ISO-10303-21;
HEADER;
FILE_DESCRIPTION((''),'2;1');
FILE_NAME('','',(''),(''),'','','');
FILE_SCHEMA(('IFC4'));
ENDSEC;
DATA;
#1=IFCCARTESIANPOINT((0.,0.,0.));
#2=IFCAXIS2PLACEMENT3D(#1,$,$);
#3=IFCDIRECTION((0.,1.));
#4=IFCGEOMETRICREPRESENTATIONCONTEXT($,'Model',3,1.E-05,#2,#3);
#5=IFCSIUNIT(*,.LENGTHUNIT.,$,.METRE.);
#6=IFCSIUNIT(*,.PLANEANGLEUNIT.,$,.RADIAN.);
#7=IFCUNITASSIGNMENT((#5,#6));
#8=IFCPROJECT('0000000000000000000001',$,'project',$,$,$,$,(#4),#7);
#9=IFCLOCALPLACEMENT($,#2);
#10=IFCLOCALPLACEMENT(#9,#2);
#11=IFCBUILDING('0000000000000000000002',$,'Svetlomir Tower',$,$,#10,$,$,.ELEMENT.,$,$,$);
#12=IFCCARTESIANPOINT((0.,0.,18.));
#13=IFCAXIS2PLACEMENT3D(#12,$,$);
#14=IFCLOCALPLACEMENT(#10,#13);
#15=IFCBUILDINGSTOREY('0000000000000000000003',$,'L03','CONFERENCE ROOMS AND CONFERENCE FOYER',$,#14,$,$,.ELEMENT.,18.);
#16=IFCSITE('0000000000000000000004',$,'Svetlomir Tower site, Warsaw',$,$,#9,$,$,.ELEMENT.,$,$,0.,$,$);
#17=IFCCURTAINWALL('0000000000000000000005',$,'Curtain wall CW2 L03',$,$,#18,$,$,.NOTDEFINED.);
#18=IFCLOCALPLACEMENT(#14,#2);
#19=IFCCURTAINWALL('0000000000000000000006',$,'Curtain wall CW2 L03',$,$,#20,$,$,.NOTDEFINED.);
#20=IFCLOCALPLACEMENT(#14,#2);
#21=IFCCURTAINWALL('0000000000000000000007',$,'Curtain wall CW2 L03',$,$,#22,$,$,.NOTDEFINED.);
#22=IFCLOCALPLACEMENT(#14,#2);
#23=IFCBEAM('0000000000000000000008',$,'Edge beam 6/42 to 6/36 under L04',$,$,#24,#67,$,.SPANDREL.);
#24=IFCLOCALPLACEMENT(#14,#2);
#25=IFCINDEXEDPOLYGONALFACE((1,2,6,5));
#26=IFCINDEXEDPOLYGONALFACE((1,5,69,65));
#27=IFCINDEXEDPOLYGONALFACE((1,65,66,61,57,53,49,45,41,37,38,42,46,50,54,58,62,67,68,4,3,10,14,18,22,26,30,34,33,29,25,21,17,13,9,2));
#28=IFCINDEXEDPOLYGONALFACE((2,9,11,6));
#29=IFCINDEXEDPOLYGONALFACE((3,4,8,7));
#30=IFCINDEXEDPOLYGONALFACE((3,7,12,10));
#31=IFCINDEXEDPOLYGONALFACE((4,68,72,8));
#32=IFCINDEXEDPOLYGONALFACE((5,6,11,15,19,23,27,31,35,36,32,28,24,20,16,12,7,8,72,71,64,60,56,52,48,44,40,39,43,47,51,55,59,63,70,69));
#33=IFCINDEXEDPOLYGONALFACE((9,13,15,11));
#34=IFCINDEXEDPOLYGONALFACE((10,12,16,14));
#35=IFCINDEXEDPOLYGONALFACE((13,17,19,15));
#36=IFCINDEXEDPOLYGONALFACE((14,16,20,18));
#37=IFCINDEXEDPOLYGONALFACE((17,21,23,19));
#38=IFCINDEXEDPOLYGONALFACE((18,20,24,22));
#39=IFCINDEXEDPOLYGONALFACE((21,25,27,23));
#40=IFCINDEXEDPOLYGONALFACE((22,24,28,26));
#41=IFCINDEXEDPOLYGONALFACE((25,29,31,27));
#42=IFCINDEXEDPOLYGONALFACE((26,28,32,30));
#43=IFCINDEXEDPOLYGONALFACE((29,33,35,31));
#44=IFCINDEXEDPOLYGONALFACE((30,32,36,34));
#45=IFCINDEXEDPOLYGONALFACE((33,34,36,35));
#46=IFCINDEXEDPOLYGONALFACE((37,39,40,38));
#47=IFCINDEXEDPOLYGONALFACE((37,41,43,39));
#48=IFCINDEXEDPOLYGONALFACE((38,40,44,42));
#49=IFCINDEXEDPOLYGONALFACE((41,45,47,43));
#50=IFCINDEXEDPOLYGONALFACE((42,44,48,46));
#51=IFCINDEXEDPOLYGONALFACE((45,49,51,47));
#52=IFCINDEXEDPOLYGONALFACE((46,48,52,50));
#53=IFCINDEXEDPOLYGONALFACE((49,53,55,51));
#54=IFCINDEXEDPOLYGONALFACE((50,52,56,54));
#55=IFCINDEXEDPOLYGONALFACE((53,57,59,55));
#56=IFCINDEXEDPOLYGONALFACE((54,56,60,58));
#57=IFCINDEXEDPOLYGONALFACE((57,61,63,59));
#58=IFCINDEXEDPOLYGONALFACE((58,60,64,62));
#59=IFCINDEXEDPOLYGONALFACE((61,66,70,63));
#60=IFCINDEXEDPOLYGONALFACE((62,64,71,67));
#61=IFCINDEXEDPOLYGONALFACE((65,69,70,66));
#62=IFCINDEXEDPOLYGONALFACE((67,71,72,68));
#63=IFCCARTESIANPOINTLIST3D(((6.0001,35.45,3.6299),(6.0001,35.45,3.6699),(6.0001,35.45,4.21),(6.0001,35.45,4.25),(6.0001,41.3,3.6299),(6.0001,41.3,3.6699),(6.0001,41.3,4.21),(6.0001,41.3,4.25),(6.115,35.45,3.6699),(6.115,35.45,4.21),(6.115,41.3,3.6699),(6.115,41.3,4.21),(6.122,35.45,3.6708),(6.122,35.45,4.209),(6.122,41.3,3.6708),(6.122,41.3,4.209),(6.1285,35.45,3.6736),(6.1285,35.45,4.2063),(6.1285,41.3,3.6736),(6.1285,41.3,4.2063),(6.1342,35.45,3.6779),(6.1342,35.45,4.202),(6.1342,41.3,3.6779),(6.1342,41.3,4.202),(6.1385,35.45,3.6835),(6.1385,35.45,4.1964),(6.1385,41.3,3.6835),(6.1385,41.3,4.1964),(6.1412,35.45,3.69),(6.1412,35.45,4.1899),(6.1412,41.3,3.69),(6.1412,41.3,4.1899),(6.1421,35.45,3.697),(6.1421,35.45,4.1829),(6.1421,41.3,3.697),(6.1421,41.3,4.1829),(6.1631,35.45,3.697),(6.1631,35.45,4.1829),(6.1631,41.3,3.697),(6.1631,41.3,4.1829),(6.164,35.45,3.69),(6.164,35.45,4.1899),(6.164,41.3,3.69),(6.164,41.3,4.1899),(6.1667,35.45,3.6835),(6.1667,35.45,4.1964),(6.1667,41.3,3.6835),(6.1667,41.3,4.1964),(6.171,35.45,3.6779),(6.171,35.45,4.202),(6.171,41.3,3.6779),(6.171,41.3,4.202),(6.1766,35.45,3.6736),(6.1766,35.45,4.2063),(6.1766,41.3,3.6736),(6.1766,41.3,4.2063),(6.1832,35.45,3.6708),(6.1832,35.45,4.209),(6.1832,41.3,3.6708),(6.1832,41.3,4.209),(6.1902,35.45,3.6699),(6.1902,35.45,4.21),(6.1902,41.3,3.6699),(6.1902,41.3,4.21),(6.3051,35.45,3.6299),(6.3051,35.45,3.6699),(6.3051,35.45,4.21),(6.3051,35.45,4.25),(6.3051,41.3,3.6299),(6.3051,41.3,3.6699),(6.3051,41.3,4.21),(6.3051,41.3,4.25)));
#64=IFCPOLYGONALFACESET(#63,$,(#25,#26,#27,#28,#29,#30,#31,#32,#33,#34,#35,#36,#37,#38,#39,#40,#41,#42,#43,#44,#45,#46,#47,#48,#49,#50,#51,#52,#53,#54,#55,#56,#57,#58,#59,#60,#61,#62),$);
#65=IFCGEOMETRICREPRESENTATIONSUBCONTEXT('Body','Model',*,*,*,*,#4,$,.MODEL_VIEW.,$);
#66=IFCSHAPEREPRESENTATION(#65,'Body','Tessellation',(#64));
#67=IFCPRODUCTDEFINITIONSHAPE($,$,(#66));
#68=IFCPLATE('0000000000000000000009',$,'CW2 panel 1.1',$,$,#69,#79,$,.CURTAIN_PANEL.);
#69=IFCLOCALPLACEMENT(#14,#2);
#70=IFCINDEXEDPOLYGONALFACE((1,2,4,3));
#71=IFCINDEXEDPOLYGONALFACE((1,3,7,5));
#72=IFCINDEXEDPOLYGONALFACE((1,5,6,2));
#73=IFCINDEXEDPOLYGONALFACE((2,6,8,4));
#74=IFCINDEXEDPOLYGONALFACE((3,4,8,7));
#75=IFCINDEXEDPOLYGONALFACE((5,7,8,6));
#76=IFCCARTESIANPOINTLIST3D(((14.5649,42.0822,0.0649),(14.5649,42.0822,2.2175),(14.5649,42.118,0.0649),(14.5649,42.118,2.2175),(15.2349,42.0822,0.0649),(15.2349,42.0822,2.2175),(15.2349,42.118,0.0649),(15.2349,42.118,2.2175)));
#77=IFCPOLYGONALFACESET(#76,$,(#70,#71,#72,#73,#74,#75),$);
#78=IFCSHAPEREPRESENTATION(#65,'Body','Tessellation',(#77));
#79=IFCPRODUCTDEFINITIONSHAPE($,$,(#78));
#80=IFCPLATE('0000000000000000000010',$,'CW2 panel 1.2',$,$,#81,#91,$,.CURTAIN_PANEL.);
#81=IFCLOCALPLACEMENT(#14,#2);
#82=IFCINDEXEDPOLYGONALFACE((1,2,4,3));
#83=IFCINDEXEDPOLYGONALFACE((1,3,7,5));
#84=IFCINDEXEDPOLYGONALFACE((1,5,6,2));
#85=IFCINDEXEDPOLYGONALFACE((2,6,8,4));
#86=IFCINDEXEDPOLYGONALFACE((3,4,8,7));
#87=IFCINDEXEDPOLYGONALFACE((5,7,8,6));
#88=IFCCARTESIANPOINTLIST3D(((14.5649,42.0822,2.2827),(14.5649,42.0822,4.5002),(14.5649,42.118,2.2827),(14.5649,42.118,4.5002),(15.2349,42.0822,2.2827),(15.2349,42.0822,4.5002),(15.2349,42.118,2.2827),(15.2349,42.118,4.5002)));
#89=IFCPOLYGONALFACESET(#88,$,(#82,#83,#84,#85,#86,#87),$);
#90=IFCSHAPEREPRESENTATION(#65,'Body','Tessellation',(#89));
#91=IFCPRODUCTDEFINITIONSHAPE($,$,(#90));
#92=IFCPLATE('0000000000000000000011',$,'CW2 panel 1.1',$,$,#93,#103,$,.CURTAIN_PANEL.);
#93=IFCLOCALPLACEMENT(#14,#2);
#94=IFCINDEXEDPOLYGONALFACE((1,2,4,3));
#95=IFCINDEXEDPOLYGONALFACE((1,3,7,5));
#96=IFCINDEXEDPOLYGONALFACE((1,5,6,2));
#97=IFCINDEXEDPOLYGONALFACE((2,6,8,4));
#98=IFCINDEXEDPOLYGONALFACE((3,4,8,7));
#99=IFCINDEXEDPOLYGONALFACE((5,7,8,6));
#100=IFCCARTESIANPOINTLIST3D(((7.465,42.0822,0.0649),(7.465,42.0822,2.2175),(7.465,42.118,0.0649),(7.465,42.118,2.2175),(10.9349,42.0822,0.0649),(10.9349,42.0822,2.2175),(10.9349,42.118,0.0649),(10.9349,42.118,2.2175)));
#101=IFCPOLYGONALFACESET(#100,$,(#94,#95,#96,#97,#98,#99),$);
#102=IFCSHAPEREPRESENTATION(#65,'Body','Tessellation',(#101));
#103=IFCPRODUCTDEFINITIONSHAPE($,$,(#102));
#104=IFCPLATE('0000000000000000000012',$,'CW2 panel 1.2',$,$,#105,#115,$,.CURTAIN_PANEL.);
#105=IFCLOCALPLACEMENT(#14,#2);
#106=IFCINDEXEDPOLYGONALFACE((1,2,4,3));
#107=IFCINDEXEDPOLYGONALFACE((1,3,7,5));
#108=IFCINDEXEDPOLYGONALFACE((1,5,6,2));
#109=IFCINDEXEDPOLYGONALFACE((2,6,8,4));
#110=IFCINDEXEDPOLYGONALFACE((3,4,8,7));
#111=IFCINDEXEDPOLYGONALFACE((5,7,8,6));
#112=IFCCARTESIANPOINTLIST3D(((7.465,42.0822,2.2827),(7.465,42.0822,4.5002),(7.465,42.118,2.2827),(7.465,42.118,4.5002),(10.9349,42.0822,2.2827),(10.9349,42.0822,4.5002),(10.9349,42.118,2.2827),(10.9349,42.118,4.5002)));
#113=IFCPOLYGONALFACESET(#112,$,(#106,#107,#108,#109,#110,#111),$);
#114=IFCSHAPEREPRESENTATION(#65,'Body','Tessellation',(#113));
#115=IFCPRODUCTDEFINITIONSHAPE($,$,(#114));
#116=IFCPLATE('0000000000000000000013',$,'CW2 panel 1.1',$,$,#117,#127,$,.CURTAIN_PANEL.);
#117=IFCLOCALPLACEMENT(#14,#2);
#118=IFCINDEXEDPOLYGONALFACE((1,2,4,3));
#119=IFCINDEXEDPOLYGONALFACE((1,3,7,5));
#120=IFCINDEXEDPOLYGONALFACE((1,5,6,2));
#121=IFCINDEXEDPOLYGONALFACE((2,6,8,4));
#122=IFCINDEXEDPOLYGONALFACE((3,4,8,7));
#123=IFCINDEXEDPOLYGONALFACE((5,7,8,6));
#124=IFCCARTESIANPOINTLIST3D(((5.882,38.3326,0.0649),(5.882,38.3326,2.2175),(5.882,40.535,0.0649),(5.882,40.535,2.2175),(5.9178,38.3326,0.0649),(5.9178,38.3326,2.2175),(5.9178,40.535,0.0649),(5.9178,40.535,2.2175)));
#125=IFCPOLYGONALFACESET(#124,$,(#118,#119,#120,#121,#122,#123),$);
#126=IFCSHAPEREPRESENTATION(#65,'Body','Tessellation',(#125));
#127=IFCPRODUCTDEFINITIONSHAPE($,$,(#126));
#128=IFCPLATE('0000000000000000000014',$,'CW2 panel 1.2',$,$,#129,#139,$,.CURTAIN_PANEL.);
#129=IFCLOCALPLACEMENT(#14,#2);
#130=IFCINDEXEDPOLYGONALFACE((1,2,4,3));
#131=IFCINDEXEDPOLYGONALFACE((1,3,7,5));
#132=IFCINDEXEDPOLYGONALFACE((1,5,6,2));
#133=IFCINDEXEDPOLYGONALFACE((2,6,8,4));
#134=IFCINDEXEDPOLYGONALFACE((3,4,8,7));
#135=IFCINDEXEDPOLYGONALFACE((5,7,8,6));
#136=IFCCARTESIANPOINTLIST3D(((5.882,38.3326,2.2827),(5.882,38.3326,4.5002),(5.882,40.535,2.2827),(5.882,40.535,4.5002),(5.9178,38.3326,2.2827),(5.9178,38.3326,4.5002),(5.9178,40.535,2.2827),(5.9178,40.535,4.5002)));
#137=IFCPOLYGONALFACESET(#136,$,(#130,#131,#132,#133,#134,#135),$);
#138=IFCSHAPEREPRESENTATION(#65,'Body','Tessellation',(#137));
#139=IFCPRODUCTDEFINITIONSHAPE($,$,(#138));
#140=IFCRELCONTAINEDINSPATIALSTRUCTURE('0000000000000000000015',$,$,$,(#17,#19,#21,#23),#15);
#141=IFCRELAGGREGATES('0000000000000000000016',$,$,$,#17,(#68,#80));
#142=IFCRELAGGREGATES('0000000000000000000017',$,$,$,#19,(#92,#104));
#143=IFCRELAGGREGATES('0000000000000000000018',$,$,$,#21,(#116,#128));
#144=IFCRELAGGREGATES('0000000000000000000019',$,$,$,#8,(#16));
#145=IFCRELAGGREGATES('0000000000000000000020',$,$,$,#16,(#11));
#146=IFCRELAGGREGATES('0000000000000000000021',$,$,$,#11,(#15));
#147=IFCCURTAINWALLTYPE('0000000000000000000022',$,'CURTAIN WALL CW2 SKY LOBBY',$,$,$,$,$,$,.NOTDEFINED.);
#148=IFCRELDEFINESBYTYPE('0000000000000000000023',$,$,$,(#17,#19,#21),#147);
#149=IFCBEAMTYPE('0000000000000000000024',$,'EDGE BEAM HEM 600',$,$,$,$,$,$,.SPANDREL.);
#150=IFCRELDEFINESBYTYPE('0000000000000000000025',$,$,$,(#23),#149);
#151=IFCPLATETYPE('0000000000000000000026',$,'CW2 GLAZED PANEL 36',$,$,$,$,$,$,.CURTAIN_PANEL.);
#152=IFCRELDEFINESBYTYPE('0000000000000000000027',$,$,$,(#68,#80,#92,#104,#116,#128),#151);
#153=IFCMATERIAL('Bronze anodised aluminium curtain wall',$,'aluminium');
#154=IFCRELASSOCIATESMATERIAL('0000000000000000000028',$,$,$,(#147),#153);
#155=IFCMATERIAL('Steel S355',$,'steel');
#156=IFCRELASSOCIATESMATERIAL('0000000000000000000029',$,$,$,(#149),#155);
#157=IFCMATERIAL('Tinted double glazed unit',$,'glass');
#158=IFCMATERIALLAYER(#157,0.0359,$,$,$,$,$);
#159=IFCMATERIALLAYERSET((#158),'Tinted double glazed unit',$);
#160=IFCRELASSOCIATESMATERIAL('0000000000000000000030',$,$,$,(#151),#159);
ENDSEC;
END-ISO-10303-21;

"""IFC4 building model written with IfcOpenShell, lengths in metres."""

from ifc_helpers import new_model, si_unit, direction, frame, origin, origin_2d, place, context, subcontext, project, spatial, rectangle, i_section, extrude, material, layer, layer_set, material_profile, profile_set, type_object, element, aggregate, save


model = new_model("IFC4")

# Units and contexts
model_context = context("Model", 3, precision=1e-05, world=origin(), true_north=direction((0.0, 1.0)))
body_context = subcontext(model_context, "Body", "Model", "MODEL_VIEW")
ifc_project = project(units=[si_unit("LENGTHUNIT", "METRE"), si_unit("PLANEANGLEUNIT", "RADIAN")], contexts=[model_context])

# Site, building, storey
site_placement = place(None, origin())
site = spatial("IfcSite", under=ifc_project, at=site_placement, Name="Svetlomir Tower site, Warsaw", CompositionType="ELEMENT", RefElevation=0.0)
building_placement = place(site_placement, origin())
building = spatial("IfcBuilding", under=site, at=building_placement, Name="Svetlomir Tower", CompositionType="ELEMENT")
storey_placement = place(building_placement, frame((0.0, 0.0, 18.0)))
storey = spatial("IfcBuildingStorey", under=building, at=storey_placement, Name="L03", Description="CONFERENCE ROOMS AND CONFERENCE FOYER", CompositionType="ELEMENT", Elevation=18.0)

# Shared definitions
ifc_material_1 = material(Name="Bronze anodised aluminium curtain wall", Category="aluminium")
curtain_wall_type = type_object("IfcCurtainWallType", Name="CURTAIN WALL CW2 SKY LOBBY", PredefinedType="NOTDEFINED", material=ifc_material_1)

# Curtain walls
curtain_wall_1_placement = place(storey_placement, origin())
curtain_wall_1 = element("IfcCurtainWall", 1, at=curtain_wall_1_placement, inside=storey, type_object=curtain_wall_type, Name="Curtain wall CW2 L03", PredefinedType="NOTDEFINED")
curtain_wall_2_placement = place(storey_placement, origin())
curtain_wall_2 = element("IfcCurtainWall", 2, at=curtain_wall_2_placement, inside=storey, type_object=curtain_wall_type, Name="Curtain wall CW2 L03", PredefinedType="NOTDEFINED")
curtain_wall_3_placement = place(storey_placement, origin())
curtain_wall_3 = element("IfcCurtainWall", 3, at=curtain_wall_3_placement, inside=storey, type_object=curtain_wall_type, Name="Curtain wall CW2 L03", PredefinedType="NOTDEFINED")

# Beam
ifc_material_2 = material(Name="Steel S355", Category="steel")
ifc_material_profile_1 = material_profile(ifc_material_2, i_section(OverallWidth=0.3049, OverallDepth=0.6201, WebThickness=0.021, FlangeThickness=0.04, FilletRadius=0.0271, at=origin_2d()), Name="HEM 600")
ifc_profile_set_1 = profile_set([ifc_material_profile_1], Name="Steel S355")
beam_type = type_object("IfcBeamType", Name="EDGE BEAM HEM 600", PredefinedType="SPANDREL", material=ifc_profile_set_1)
beam_1_placement = place(storey_placement, frame((6.1526, 41.3, 3.9399), z_axis=(0.0, -1.0, 0.0), x_axis=(1.0, 0.0, 0.0)))
element("IfcBeam", 4, at=beam_1_placement, inside=storey, type_object=beam_type, Name="Edge beam 6/42 to 6/36 under L04", PredefinedType="SPANDREL", context=body_context, shape_type="SweptSolid", body=[
    extrude(i_section(OverallWidth=0.3049, OverallDepth=0.6201, WebThickness=0.021, FlangeThickness=0.04, FilletRadius=0.0271, at=origin_2d()), origin(), (0.0, 0.0, 1.0), 5.8501),
])

# Plates
ifc_material_3 = material(Name="Tinted double glazed unit", Category="glass")
ifc_layer = layer(ifc_material_3, 0.0359)
ifc_layer_set = layer_set([ifc_layer], Name="Tinted double glazed unit")
plate_type = type_object("IfcPlateType", Name="CW2 GLAZED PANEL 36", PredefinedType="CURTAIN_PANEL", material=ifc_layer_set)
plate_1_placement = place(storey_placement, frame((14.8999, 42.1001, 0.0649), z_axis=(0.0, 0.0, 1.0), x_axis=(-1.0, 0.0, 0.0)))
plate_1 = element("IfcPlate", 5, at=plate_1_placement, type_object=plate_type, Name="CW2 panel 1.1", PredefinedType="CURTAIN_PANEL", context=body_context, shape_type="SweptSolid", body=[
    extrude(rectangle(XDim=0.6699, YDim=0.0359, at=origin_2d()), origin(), (0.0, 0.0, 1.0), 2.1526),
])
plate_2_placement = place(storey_placement, frame((14.8999, 42.1001, 2.2827), z_axis=(0.0, 0.0, 1.0), x_axis=(-1.0, 0.0, 0.0)))
plate_2 = element("IfcPlate", 6, at=plate_2_placement, type_object=plate_type, Name="CW2 panel 1.2", PredefinedType="CURTAIN_PANEL", context=body_context, shape_type="SweptSolid", body=[
    extrude(rectangle(XDim=0.6699, YDim=0.0359, at=origin_2d()), origin(), (0.0, 0.0, 1.0), 2.2175),
])
aggregate(curtain_wall_1, [plate_1, plate_2])
plate_3_placement = place(storey_placement, frame((9.2, 42.1001, 0.0649), z_axis=(0.0, 0.0, 1.0), x_axis=(-1.0, 0.0, 0.0)))
plate_3 = element("IfcPlate", 7, at=plate_3_placement, type_object=plate_type, Name="CW2 panel 1.1", PredefinedType="CURTAIN_PANEL", context=body_context, shape_type="SweptSolid", body=[
    extrude(rectangle(XDim=3.47, YDim=0.0359, at=origin_2d()), origin(), (0.0, 0.0, 1.0), 2.1526),
])
plate_4_placement = place(storey_placement, frame((9.2, 42.1001, 2.2827), z_axis=(0.0, 0.0, 1.0), x_axis=(-1.0, 0.0, 0.0)))
plate_4 = element("IfcPlate", 8, at=plate_4_placement, type_object=plate_type, Name="CW2 panel 1.2", PredefinedType="CURTAIN_PANEL", context=body_context, shape_type="SweptSolid", body=[
    extrude(rectangle(XDim=3.47, YDim=0.0359, at=origin_2d()), origin(), (0.0, 0.0, 1.0), 2.2175),
])
aggregate(curtain_wall_2, [plate_3, plate_4])
plate_5_placement = place(storey_placement, frame((5.8999, 39.4338, 0.0649), z_axis=(0.0, 0.0, 1.0), x_axis=(0.0, -1.0, 0.0)))
plate_5 = element("IfcPlate", 9, at=plate_5_placement, type_object=plate_type, Name="CW2 panel 1.1", PredefinedType="CURTAIN_PANEL", context=body_context, shape_type="SweptSolid", body=[
    extrude(rectangle(XDim=2.2024, YDim=0.0359, at=origin_2d()), origin(), (0.0, 0.0, 1.0), 2.1526),
])
plate_6_placement = place(storey_placement, frame((5.8999, 39.4338, 2.2827), z_axis=(0.0, 0.0, 1.0), x_axis=(0.0, -1.0, 0.0)))
plate_6 = element("IfcPlate", 10, at=plate_6_placement, type_object=plate_type, Name="CW2 panel 1.2", PredefinedType="CURTAIN_PANEL", context=body_context, shape_type="SweptSolid", body=[
    extrude(rectangle(XDim=2.2024, YDim=0.0359, at=origin_2d()), origin(), (0.0, 0.0, 1.0), 2.2175),
])
aggregate(curtain_wall_3, [plate_5, plate_6])

save(model, "model.ifc")
